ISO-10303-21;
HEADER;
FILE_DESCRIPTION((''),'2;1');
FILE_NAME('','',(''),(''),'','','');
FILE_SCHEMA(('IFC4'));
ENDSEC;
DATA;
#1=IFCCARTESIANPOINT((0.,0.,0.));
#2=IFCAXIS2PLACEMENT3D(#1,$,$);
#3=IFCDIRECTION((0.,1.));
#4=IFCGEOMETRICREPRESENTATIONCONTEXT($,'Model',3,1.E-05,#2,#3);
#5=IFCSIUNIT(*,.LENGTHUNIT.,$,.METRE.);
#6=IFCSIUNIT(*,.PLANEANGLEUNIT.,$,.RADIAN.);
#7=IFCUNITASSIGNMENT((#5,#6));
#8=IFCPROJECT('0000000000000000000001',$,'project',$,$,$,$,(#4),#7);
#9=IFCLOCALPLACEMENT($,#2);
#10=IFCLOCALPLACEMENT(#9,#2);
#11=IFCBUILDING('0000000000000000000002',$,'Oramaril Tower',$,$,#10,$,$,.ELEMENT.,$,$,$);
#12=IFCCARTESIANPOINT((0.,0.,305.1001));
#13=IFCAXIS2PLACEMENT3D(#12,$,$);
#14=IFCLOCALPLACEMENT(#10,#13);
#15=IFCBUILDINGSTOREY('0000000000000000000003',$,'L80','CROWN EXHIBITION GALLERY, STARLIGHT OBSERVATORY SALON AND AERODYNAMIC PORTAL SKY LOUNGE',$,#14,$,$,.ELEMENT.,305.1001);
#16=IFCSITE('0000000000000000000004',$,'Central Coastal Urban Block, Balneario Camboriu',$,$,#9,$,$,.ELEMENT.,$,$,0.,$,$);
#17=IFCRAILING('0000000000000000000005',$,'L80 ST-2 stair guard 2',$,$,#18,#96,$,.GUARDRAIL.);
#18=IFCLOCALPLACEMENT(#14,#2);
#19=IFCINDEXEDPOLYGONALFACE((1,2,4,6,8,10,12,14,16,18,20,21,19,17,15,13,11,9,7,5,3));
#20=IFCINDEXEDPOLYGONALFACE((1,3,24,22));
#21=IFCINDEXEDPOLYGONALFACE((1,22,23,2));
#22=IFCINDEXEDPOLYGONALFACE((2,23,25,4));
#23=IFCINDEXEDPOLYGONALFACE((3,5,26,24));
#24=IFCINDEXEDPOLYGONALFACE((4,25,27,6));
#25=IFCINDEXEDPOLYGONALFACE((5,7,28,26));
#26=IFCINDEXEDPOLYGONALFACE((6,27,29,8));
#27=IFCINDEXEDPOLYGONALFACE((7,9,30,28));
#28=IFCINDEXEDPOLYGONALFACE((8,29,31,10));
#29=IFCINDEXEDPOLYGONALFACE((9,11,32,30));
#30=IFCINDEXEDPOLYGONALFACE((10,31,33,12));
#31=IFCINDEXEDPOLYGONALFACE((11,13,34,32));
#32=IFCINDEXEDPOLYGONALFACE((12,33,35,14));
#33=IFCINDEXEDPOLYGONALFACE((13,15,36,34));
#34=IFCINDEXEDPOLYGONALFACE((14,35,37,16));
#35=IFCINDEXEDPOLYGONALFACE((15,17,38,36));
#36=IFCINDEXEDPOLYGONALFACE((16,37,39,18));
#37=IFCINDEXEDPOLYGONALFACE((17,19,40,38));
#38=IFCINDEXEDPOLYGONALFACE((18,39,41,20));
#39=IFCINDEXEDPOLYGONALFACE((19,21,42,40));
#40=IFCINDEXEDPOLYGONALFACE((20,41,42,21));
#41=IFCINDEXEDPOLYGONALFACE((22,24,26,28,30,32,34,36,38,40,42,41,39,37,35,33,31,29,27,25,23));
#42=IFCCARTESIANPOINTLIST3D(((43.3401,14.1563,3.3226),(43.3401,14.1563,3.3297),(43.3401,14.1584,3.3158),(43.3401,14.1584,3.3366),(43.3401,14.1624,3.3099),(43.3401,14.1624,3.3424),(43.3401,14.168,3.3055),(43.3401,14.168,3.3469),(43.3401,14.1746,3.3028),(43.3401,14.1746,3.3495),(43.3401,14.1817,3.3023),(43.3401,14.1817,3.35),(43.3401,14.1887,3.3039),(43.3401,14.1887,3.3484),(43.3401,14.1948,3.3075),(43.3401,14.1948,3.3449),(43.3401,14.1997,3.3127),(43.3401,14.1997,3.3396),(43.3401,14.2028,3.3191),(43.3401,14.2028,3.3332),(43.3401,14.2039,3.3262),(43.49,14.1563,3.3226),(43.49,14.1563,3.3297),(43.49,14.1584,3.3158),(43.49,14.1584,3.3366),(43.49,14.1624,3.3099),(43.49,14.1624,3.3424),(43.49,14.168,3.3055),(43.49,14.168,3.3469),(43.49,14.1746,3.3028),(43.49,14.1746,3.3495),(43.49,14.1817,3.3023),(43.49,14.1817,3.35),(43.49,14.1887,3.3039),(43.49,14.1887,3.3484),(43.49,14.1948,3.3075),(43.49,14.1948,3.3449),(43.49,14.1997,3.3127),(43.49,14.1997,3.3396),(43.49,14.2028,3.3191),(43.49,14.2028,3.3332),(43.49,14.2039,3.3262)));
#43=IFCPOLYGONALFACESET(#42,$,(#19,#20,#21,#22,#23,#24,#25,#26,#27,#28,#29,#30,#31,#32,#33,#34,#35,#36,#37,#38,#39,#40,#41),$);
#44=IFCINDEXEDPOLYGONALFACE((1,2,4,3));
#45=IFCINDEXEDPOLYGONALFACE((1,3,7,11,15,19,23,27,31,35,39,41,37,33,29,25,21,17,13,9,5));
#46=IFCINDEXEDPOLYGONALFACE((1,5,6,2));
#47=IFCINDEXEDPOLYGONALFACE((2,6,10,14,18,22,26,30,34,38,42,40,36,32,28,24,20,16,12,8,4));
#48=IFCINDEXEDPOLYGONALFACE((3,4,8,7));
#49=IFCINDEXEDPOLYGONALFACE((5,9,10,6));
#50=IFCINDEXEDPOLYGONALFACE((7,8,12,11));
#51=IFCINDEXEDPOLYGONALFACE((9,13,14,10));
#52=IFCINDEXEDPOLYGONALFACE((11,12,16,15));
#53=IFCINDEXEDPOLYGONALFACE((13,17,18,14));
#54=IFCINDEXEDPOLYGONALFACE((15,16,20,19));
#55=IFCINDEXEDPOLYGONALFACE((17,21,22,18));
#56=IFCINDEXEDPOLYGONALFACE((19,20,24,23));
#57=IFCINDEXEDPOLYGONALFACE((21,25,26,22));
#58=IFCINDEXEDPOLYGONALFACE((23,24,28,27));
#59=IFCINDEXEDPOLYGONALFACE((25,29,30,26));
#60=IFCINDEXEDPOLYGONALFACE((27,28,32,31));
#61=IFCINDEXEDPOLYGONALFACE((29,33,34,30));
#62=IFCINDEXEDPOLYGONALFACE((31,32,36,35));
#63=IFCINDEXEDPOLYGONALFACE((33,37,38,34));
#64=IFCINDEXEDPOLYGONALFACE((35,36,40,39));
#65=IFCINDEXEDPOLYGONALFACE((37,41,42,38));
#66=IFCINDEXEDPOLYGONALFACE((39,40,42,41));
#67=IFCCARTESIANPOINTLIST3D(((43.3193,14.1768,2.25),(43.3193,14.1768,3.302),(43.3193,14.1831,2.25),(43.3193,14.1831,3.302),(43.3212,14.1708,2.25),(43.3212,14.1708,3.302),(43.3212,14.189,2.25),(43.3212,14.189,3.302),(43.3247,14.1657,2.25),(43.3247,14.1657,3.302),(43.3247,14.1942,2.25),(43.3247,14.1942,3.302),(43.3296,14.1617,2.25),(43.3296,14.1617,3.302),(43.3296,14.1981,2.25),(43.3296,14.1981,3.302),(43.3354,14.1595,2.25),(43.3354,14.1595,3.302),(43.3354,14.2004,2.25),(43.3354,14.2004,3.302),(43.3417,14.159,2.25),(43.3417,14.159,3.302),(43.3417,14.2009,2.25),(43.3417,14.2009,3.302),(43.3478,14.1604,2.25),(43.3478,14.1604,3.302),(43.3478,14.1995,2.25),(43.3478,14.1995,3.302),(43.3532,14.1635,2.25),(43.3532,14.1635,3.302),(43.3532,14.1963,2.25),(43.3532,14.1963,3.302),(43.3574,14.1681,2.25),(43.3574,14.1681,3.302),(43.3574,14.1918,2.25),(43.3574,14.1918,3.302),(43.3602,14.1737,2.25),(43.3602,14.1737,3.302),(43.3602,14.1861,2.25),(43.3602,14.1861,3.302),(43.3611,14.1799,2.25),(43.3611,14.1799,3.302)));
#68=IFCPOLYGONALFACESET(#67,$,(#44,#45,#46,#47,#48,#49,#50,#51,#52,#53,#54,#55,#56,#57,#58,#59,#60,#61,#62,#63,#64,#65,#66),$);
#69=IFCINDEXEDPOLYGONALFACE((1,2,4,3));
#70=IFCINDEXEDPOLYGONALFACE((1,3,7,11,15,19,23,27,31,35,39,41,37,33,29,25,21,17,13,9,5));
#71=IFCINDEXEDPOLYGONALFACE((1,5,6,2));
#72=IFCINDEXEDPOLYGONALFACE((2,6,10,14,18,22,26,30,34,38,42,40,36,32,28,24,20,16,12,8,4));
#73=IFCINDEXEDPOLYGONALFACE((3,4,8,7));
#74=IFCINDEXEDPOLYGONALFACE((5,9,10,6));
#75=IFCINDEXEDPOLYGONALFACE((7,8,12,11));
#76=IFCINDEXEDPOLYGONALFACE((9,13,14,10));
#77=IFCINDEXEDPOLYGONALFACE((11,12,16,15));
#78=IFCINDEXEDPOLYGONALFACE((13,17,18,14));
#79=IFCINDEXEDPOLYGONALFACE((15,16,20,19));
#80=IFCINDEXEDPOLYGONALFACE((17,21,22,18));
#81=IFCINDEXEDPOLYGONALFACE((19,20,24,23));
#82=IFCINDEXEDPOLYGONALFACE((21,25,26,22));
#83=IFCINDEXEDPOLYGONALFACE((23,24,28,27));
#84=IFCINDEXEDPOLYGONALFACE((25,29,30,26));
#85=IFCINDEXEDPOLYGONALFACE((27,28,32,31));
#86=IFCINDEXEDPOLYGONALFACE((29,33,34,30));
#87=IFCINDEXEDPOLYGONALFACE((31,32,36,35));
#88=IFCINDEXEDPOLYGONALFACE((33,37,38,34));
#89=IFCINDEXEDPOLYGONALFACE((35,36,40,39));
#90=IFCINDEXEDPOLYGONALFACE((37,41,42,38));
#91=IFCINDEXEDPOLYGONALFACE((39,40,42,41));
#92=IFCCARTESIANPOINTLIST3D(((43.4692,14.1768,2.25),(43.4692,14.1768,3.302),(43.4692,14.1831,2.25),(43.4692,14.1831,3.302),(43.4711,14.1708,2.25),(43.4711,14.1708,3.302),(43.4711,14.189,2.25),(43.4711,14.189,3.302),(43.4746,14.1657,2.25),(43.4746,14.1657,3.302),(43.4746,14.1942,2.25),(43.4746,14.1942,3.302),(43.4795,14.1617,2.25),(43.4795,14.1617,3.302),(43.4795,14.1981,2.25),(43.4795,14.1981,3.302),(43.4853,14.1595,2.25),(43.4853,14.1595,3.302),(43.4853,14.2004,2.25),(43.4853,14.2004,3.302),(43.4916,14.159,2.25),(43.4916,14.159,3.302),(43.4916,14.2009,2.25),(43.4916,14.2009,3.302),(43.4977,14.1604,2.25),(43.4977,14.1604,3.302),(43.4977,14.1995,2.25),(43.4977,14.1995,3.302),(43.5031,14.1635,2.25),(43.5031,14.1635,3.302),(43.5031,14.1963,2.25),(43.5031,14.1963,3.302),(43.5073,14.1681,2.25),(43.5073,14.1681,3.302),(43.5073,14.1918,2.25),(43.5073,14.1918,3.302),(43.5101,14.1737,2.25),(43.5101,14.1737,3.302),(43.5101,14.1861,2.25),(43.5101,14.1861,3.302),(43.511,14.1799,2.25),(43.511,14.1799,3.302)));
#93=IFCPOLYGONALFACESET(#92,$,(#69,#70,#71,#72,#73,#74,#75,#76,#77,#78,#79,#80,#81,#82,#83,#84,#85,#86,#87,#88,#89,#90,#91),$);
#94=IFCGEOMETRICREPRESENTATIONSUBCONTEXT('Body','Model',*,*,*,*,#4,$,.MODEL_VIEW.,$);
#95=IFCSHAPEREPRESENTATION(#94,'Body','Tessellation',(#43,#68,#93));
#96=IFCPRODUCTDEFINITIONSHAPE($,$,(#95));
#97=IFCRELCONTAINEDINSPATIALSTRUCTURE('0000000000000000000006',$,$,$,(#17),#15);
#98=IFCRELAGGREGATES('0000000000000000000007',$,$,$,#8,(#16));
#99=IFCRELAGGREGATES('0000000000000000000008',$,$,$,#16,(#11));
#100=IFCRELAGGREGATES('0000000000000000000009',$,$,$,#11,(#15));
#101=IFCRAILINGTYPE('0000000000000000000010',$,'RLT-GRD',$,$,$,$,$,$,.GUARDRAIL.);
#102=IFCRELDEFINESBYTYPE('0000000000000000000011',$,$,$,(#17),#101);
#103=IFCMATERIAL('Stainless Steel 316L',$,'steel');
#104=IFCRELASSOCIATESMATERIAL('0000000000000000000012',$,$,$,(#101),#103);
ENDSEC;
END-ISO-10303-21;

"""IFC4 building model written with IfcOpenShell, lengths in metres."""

from ifc_helpers import new_model, si_unit, direction, frame, origin, origin_2d, place, context, subcontext, project, spatial, circle, extrude, material, type_object, element, save


model = new_model("IFC4")

# Units and contexts
model_context = context("Model", 3, precision=1e-05, world=origin(), true_north=direction((0.0, 1.0)))
body_context = subcontext(model_context, "Body", "Model", "MODEL_VIEW")
ifc_project = project(units=[si_unit("LENGTHUNIT", "METRE"), si_unit("PLANEANGLEUNIT", "RADIAN")], contexts=[model_context])

# Site, building, storey
site_placement = place(None, origin())
site = spatial("IfcSite", under=ifc_project, at=site_placement, Name="Central Coastal Urban Block, Balneario Camboriu", CompositionType="ELEMENT", RefElevation=0.0)
building_placement = place(site_placement, origin())
building = spatial("IfcBuilding", under=site, at=building_placement, Name="Oramaril Tower", CompositionType="ELEMENT")
storey_placement = place(building_placement, frame((0.0, 0.0, 305.1001)))
storey = spatial("IfcBuildingStorey", under=building, at=storey_placement, Name="L80", Description="CROWN EXHIBITION GALLERY, STARLIGHT OBSERVATORY SALON AND AERODYNAMIC PORTAL SKY LOUNGE", CompositionType="ELEMENT", Elevation=305.1001)

# Railing
ifc_material_1 = material(Name="Stainless Steel 316L", Category="steel")
railing_type_1 = type_object("IfcRailingType", Name="RLT-GRD", PredefinedType="GUARDRAIL", material=ifc_material_1)
railing_1_placement = place(storey_placement, frame((43.3401, 14.1799, 2.25)))
element("IfcRailing", 1, at=railing_1_placement, inside=storey, type_object=railing_type_1, Name="L80 ST-2 stair guard 2", PredefinedType="GUARDRAIL", context=body_context, shape_type="SweptSolid", body=[
    extrude(circle(Radius=0.0239, at=origin_2d()), frame((0.0, 0.0, 1.0762), z_axis=(1.0, 0.0, 0.0), x_axis=(0.0, 1.0, 0.0)), (0.0, 0.0, 1.0), 0.1499),
    extrude(circle(Radius=0.021, at=origin_2d()), origin(), (0.0, 0.0, 1.0), 1.052),
    extrude(circle(Radius=0.021, at=origin_2d()), frame((0.1499, 0.0, 0.0)), (0.0, 0.0, 1.0), 1.052),
])

save(model, "model.ifc")
